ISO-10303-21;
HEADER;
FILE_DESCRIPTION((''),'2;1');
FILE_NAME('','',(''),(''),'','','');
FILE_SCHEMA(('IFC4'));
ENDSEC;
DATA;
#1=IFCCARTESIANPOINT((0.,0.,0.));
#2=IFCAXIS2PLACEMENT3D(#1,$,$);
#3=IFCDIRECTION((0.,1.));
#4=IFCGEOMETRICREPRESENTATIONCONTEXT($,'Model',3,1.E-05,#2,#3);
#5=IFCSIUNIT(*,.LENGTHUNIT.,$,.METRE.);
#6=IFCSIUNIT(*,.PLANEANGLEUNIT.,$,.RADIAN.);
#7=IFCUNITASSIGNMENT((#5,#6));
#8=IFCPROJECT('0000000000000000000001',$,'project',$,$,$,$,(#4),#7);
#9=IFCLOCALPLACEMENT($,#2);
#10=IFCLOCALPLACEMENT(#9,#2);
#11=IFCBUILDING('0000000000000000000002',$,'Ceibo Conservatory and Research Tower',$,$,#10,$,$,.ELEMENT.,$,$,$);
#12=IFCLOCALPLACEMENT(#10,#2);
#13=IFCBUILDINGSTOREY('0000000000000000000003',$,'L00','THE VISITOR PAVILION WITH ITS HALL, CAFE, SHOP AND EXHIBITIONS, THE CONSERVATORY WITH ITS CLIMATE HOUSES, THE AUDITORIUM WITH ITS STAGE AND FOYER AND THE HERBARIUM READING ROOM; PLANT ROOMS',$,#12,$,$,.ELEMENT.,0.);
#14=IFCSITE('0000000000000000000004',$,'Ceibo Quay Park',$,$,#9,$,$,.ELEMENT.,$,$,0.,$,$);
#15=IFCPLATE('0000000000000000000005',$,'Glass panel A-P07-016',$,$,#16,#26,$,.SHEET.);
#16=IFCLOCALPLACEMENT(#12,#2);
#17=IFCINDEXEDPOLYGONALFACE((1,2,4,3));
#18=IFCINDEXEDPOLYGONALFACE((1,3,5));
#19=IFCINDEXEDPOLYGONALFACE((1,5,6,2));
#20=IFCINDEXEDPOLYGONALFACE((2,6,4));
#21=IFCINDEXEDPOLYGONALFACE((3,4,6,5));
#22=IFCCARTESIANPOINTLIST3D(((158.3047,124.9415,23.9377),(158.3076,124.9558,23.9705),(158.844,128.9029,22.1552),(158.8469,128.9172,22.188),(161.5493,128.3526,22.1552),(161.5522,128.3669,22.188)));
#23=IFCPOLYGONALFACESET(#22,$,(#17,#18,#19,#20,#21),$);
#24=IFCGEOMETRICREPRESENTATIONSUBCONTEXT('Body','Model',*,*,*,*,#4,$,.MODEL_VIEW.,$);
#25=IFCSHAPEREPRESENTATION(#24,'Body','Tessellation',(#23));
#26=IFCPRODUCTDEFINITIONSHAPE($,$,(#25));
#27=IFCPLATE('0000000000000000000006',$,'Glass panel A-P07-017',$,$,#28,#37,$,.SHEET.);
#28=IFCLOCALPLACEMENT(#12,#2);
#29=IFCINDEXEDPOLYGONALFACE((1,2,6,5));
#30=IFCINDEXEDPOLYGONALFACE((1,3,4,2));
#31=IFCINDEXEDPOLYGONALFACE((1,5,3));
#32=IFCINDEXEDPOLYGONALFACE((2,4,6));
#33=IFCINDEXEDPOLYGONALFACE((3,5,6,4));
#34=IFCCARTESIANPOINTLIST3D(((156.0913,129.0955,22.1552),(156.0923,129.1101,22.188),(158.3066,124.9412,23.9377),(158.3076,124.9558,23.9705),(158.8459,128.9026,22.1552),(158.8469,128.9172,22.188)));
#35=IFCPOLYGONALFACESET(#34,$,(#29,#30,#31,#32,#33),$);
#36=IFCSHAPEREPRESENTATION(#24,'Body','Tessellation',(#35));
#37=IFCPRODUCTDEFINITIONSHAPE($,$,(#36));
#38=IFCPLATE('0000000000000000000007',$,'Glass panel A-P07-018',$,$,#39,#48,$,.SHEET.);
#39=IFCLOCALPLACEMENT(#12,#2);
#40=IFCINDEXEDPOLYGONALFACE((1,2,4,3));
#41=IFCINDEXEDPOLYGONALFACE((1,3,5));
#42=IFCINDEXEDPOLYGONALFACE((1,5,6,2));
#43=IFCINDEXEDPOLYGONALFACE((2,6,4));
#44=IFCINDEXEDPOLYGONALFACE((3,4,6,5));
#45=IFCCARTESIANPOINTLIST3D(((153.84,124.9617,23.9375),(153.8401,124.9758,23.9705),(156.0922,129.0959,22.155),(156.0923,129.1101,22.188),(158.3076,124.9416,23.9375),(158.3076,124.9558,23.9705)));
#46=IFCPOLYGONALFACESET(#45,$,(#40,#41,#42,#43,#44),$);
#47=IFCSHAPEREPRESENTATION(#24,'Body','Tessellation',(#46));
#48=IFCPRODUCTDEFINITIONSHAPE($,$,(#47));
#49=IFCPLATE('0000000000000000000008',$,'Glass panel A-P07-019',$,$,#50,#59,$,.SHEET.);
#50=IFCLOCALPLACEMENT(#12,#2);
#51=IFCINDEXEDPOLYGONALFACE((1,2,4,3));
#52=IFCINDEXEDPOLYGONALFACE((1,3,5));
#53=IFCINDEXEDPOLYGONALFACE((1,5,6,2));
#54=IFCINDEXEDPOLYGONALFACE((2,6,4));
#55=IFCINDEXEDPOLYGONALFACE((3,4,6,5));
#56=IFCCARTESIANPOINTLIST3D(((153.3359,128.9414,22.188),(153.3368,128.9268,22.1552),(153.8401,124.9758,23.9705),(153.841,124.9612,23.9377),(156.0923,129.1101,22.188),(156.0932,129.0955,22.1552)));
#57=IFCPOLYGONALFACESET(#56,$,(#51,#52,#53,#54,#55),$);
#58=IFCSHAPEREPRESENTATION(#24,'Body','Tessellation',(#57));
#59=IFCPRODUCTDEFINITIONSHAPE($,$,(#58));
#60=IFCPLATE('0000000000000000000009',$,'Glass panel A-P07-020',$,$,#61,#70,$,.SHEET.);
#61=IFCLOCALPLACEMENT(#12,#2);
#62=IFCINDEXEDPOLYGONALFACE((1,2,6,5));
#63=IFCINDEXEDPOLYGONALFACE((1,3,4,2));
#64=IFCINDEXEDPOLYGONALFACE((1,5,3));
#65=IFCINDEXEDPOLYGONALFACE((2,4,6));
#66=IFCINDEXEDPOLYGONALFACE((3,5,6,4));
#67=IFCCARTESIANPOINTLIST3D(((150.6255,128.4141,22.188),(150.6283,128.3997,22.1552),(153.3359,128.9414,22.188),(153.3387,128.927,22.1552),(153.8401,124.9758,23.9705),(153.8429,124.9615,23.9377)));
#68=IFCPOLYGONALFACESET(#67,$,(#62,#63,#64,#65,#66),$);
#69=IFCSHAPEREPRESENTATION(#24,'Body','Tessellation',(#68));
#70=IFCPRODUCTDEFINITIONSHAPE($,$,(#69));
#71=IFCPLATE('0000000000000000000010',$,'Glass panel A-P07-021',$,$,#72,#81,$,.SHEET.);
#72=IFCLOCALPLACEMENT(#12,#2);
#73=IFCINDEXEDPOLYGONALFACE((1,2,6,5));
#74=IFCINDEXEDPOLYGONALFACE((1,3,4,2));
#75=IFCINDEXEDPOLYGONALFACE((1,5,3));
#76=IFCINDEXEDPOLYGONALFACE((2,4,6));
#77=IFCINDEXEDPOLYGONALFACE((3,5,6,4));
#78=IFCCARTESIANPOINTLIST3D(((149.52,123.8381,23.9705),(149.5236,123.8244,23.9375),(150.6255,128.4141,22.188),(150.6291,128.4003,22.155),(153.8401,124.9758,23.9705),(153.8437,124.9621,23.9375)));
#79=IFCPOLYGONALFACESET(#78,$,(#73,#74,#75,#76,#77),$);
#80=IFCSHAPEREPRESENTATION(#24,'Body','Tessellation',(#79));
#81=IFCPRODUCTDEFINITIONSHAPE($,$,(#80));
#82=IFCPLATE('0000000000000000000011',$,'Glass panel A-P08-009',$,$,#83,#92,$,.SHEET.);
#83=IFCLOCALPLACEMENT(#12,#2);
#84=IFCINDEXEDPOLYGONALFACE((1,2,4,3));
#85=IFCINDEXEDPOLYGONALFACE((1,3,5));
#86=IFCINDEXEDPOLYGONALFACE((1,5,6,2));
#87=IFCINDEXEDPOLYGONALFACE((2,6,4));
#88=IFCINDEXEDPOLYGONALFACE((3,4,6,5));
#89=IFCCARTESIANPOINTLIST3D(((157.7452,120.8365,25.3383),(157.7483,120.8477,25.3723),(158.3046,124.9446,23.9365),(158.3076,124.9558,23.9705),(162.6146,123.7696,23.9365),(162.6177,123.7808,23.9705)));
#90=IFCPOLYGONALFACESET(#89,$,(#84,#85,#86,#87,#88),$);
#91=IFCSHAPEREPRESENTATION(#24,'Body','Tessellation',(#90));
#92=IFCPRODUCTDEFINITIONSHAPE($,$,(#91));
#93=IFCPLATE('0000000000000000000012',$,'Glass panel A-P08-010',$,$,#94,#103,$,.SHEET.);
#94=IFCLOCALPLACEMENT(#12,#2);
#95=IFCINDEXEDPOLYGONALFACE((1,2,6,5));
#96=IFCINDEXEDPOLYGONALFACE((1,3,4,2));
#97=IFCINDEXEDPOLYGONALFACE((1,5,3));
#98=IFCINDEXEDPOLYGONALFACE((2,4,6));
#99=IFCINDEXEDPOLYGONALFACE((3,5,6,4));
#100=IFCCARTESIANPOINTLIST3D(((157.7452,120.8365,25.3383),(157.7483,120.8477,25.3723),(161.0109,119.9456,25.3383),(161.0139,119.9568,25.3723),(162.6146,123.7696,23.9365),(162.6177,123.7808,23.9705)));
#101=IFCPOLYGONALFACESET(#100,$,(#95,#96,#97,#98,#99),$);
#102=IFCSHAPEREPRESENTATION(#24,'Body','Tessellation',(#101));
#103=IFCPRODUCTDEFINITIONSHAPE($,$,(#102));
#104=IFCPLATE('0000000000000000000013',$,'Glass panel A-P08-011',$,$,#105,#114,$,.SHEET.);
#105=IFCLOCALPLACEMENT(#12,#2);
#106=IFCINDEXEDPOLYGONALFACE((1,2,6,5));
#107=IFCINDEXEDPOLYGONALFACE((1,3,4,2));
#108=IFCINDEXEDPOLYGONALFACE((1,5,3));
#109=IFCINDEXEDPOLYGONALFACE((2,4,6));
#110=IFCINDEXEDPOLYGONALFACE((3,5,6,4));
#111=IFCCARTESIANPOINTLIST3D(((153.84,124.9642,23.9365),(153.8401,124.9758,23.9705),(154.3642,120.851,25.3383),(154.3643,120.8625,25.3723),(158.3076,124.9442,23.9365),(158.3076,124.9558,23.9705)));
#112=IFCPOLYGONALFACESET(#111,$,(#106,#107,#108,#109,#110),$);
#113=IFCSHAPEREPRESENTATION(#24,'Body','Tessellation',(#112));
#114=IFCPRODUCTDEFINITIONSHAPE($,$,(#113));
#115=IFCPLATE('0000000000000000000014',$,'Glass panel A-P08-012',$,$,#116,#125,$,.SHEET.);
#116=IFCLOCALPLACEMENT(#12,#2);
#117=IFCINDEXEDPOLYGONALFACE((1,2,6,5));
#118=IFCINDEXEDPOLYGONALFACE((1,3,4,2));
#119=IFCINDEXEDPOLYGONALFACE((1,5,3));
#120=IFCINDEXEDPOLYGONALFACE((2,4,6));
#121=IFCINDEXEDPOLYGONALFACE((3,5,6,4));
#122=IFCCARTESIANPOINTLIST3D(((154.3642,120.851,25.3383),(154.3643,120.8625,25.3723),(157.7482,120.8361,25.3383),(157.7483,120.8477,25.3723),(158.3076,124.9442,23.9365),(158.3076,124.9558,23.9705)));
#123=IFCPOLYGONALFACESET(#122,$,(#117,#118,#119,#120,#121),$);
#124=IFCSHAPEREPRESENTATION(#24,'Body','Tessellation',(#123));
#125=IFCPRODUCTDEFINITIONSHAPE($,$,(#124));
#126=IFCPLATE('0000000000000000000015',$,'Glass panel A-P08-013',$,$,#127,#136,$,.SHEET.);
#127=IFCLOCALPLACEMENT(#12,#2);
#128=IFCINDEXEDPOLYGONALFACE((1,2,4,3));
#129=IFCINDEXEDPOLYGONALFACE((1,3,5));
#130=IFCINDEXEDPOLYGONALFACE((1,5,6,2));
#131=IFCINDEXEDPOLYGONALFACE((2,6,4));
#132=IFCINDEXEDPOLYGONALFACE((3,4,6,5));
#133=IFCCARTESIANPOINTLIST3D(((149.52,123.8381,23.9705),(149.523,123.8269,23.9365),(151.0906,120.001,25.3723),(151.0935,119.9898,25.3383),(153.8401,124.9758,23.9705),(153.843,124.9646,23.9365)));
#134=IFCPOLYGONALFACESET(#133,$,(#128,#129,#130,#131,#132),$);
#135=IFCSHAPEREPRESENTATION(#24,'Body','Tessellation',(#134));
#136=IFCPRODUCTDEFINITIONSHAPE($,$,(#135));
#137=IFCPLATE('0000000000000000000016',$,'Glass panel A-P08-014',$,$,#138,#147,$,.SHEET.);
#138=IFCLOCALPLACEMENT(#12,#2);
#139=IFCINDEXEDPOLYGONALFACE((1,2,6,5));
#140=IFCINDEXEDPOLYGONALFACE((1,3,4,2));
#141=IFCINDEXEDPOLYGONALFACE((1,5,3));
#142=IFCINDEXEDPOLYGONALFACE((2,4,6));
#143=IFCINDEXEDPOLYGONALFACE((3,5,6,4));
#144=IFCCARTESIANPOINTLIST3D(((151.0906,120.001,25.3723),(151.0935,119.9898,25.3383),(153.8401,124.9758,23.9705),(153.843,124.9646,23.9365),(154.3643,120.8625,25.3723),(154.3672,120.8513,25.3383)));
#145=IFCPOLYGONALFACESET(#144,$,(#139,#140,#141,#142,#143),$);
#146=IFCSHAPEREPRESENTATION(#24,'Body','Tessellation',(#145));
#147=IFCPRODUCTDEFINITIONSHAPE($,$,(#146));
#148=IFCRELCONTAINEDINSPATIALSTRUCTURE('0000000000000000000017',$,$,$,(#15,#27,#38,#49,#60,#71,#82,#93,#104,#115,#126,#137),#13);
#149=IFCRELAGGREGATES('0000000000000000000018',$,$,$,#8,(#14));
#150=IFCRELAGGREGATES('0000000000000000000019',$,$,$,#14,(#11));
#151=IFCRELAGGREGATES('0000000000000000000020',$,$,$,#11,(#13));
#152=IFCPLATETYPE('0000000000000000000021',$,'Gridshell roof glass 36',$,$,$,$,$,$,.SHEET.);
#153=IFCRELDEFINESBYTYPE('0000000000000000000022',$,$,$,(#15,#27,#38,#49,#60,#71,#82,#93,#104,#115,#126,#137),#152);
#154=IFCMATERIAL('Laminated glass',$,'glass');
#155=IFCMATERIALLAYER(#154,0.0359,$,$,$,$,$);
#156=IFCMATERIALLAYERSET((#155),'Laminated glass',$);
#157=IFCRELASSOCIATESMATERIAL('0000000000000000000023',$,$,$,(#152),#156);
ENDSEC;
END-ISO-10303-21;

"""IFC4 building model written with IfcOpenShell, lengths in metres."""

from ifc_helpers import new_model, si_unit, direction, frame, origin, place, context, subcontext, project, spatial, polyline, outline, extrude, material, layer, layer_set, type_object, element, save


model = new_model("IFC4")

# Units and contexts
model_context = context("Model", 3, precision=1e-05, world=origin(), true_north=direction((0.0, 1.0)))
body_context = subcontext(model_context, "Body", "Model", "MODEL_VIEW")
ifc_project = project(units=[si_unit("LENGTHUNIT", "METRE"), si_unit("PLANEANGLEUNIT", "RADIAN")], contexts=[model_context])

# Site, building, storey
site_placement = place(None, origin())
site = spatial("IfcSite", under=ifc_project, at=site_placement, Name="Ceibo Quay Park", CompositionType="ELEMENT", RefElevation=0.0)
building_placement = place(site_placement, origin())
building = spatial("IfcBuilding", under=site, at=building_placement, Name="Ceibo Conservatory and Research Tower", CompositionType="ELEMENT")
storey_placement = place(building_placement, origin())
storey = spatial("IfcBuildingStorey", under=building, at=storey_placement, Name="L00", Description="THE VISITOR PAVILION WITH ITS HALL, CAFE, SHOP AND EXHIBITIONS, THE CONSERVATORY WITH ITS CLIMATE HOUSES, THE AUDITORIUM WITH ITS STAGE AND FOYER AND THE HERBARIUM READING ROOM; PLANT ROOMS", CompositionType="ELEMENT", Elevation=0.0)

# Plates
ifc_material_1 = material(Name="Laminated glass", Category="glass")
ifc_layer = layer(ifc_material_1, 0.0359)
ifc_layer_set = layer_set([ifc_layer], Name="Laminated glass")
plate_type = type_object("IfcPlateType", Name="Gridshell roof glass 36", PredefinedType="SHEET", material=ifc_layer_set)
plate_1_placement = place(storey_placement, frame((158.3076, 124.9558, 23.9705), z_axis=(0.081313, 0.399746, 0.913012), x_axis=(0.644549, 0.677626, -0.35409)))
element("IfcPlate", 1, at=plate_1_placement, inside=storey, type_object=plate_type, Name="Glass panel A-P07-016", PredefinedType="SHEET", context=body_context, shape_type="SweptSolid", body=[
    extrude(outline(polyline([(0.0, 0.0), (5.0339, 0.0), (3.6631, 2.3963), (0.0, 0.0)])), origin(), (0.0, 0.0, -1.0), 0.0359),
])
plate_2_placement = place(storey_placement, frame((158.3076, 124.9558, 23.9705), z_axis=(0.028492, 0.406937, 0.913012), x_axis=(0.123205, 0.904988, -0.407206)))
element("IfcPlate", 2, at=plate_2_placement, inside=storey, type_object=plate_type, Name="Glass panel A-P07-017", PredefinedType="SHEET", context=body_context, shape_type="SweptSolid", body=[
    extrude(outline(polyline([(0.0, 0.0), (4.3773, 0.0), (4.2125, 2.7565), (0.0, 0.0)])), origin(), (0.0, 0.0, -1.0), 0.0359),
])
plate_3_placement = place(storey_placement, frame((158.3076, 124.9558, 23.9705), z_axis=(0.00177, 0.3951, 0.918636), x_axis=(-0.440057, 0.825216, -0.354073)))
element("IfcPlate", 3, at=plate_3_placement, inside=storey, type_object=plate_type, Name="Glass panel A-P07-018", PredefinedType="SHEET", context=body_context, shape_type="SweptSolid", body=[
    extrude(outline(polyline([(0.0, 0.0), (5.0342, 0.0), (1.9825, 4.0036), (0.0, 0.0)])), origin(), (0.0, 0.0, -1.0), 0.0359),
])
plate_4_placement = place(storey_placement, frame((153.8401, 124.9758, 23.9705), z_axis=(-0.024923, 0.40721, 0.912995), x_axis=(0.447391, 0.82126, -0.354082)))
element("IfcPlate", 4, at=plate_4_placement, inside=storey, type_object=plate_type, Name="Glass panel A-P07-019", PredefinedType="SHEET", context=body_context, shape_type="SweptSolid", body=[
    extrude(outline(polyline([(0.0, 0.0), (5.0341, 0.0), (3.6624, 2.3967), (0.0, 0.0)])), origin(), (0.0, 0.0, -1.0), 0.0359),
])
plate_5_placement = place(storey_placement, frame((153.8401, 124.9758, 23.9705), z_axis=(-0.077915, 0.400471, 0.912991), x_axis=(-0.115185, 0.906026, -0.407246)))
element("IfcPlate", 5, at=plate_5_placement, inside=storey, type_object=plate_type, Name="Glass panel A-P07-020", PredefinedType="SHEET", context=body_context, shape_type="SweptSolid", body=[
    extrude(outline(polyline([(0.0, 0.0), (4.3769, 0.0), (4.2113, 2.7563), (0.0, 0.0)])), origin(), (0.0, 0.0, -1.0), 0.0359),
])
plate_6_placement = place(storey_placement, frame((153.8401, 124.9758, 23.9705), z_axis=(-0.100637, 0.38214, 0.918608), x_axis=(-0.638689, 0.683122, -0.354148)))
element("IfcPlate", 6, at=plate_6_placement, inside=storey, type_object=plate_type, Name="Glass panel A-P07-021", PredefinedType="SHEET", context=body_context, shape_type="SweptSolid", body=[
    extrude(outline(polyline([(0.0, 0.0), (5.0331, 0.0), (1.982, 4.0036), (0.0, 0.0)])), origin(), (0.0, 0.0, -1.0), 0.0359),
])
plate_7_placement = place(storey_placement, frame((162.6177, 123.7808, 23.9705), z_axis=(0.0849, 0.311413, 0.946474), x_axis=(-0.964788, 0.26303, 0.0)))
element("IfcPlate", 7, at=plate_7_placement, inside=storey, type_object=plate_type, Name="Glass panel A-P08-009", PredefinedType="SHEET", context=body_context, shape_type="SweptSolid", body=[
    extrude(outline(polyline([(0.0, 0.0), (4.4674, 0.0), (3.9264, 4.3431), (0.0, 0.0)])), origin(), (0.0, 0.0, -1.0), 0.0359),
])
plate_8_placement = place(storey_placement, frame((162.6177, 123.7808, 23.9705), z_axis=(0.084939, 0.311357, 0.94649), x_axis=(-0.831685, -0.500971, 0.239435)))
element("IfcPlate", 8, at=plate_8_placement, inside=storey, type_object=plate_type, Name="Glass panel A-P08-010", PredefinedType="SHEET", context=body_context, shape_type="SweptSolid", body=[
    extrude(outline(polyline([(0.0, 0.0), (5.8548, 0.0), (3.5852, 2.5113), (0.0, 0.0)])), origin(), (0.0, 0.0, -1.0), 0.0359),
])
plate_9_placement = place(storey_placement, frame((158.3076, 124.9558, 23.9705), z_axis=(0.001446, 0.322756, 0.946481), x_axis=(-0.99999, 0.004481, 0.0)))
element("IfcPlate", 9, at=plate_9_placement, inside=storey, type_object=plate_type, Name="Glass panel A-P08-011", PredefinedType="SHEET", context=body_context, shape_type="SweptSolid", body=[
    extrude(outline(polyline([(0.0, 0.0), (4.4676, 0.0), (3.925, 4.3433), (0.0, 0.0)])), origin(), (0.0, 0.0, -1.0), 0.0359),
])
plate_10_placement = place(storey_placement, frame((158.3076, 124.9558, 23.9705), z_axis=(0.00142, 0.322779, 0.946473), x_axis=(-0.67361, -0.699217, 0.239467)))
element("IfcPlate", 10, at=plate_10_placement, inside=storey, type_object=plate_type, Name="Glass panel A-P08-012", PredefinedType="SHEET", context=body_context, shape_type="SweptSolid", body=[
    extrude(outline(polyline([(0.0, 0.0), (5.8541, 0.0), (3.585, 2.5106), (0.0, 0.0)])), origin(), (0.0, 0.0, -1.0), 0.0359),
])
plate_11_placement = place(storey_placement, frame((153.8401, 124.9758, 23.9705), z_axis=(-0.082202, 0.312137, 0.946474), x_axis=(-0.967029, -0.254668, 0.0)))
element("IfcPlate", 11, at=plate_11_placement, inside=storey, type_object=plate_type, Name="Glass panel A-P08-013", PredefinedType="SHEET", context=body_context, shape_type="SweptSolid", body=[
    extrude(outline(polyline([(0.0, 0.0), (4.4674, 0.0), (3.9258, 4.3431), (0.0, 0.0)])), origin(), (0.0, 0.0, -1.0), 0.0359),
])
plate_12_placement = place(storey_placement, frame((153.8401, 124.9758, 23.9705), z_axis=(-0.082141, 0.312107, 0.946489), x_axis=(-0.469648, -0.849761, 0.239453)))
element("IfcPlate", 12, at=plate_12_placement, inside=storey, type_object=plate_type, Name="Glass panel A-P08-014", PredefinedType="SHEET", context=body_context, shape_type="SweptSolid", body=[
    extrude(outline(polyline([(0.0, 0.0), (5.8544, 0.0), (3.5848, 2.5116), (0.0, 0.0)])), origin(), (0.0, 0.0, -1.0), 0.0359),
])

save(model, "model.ifc")
